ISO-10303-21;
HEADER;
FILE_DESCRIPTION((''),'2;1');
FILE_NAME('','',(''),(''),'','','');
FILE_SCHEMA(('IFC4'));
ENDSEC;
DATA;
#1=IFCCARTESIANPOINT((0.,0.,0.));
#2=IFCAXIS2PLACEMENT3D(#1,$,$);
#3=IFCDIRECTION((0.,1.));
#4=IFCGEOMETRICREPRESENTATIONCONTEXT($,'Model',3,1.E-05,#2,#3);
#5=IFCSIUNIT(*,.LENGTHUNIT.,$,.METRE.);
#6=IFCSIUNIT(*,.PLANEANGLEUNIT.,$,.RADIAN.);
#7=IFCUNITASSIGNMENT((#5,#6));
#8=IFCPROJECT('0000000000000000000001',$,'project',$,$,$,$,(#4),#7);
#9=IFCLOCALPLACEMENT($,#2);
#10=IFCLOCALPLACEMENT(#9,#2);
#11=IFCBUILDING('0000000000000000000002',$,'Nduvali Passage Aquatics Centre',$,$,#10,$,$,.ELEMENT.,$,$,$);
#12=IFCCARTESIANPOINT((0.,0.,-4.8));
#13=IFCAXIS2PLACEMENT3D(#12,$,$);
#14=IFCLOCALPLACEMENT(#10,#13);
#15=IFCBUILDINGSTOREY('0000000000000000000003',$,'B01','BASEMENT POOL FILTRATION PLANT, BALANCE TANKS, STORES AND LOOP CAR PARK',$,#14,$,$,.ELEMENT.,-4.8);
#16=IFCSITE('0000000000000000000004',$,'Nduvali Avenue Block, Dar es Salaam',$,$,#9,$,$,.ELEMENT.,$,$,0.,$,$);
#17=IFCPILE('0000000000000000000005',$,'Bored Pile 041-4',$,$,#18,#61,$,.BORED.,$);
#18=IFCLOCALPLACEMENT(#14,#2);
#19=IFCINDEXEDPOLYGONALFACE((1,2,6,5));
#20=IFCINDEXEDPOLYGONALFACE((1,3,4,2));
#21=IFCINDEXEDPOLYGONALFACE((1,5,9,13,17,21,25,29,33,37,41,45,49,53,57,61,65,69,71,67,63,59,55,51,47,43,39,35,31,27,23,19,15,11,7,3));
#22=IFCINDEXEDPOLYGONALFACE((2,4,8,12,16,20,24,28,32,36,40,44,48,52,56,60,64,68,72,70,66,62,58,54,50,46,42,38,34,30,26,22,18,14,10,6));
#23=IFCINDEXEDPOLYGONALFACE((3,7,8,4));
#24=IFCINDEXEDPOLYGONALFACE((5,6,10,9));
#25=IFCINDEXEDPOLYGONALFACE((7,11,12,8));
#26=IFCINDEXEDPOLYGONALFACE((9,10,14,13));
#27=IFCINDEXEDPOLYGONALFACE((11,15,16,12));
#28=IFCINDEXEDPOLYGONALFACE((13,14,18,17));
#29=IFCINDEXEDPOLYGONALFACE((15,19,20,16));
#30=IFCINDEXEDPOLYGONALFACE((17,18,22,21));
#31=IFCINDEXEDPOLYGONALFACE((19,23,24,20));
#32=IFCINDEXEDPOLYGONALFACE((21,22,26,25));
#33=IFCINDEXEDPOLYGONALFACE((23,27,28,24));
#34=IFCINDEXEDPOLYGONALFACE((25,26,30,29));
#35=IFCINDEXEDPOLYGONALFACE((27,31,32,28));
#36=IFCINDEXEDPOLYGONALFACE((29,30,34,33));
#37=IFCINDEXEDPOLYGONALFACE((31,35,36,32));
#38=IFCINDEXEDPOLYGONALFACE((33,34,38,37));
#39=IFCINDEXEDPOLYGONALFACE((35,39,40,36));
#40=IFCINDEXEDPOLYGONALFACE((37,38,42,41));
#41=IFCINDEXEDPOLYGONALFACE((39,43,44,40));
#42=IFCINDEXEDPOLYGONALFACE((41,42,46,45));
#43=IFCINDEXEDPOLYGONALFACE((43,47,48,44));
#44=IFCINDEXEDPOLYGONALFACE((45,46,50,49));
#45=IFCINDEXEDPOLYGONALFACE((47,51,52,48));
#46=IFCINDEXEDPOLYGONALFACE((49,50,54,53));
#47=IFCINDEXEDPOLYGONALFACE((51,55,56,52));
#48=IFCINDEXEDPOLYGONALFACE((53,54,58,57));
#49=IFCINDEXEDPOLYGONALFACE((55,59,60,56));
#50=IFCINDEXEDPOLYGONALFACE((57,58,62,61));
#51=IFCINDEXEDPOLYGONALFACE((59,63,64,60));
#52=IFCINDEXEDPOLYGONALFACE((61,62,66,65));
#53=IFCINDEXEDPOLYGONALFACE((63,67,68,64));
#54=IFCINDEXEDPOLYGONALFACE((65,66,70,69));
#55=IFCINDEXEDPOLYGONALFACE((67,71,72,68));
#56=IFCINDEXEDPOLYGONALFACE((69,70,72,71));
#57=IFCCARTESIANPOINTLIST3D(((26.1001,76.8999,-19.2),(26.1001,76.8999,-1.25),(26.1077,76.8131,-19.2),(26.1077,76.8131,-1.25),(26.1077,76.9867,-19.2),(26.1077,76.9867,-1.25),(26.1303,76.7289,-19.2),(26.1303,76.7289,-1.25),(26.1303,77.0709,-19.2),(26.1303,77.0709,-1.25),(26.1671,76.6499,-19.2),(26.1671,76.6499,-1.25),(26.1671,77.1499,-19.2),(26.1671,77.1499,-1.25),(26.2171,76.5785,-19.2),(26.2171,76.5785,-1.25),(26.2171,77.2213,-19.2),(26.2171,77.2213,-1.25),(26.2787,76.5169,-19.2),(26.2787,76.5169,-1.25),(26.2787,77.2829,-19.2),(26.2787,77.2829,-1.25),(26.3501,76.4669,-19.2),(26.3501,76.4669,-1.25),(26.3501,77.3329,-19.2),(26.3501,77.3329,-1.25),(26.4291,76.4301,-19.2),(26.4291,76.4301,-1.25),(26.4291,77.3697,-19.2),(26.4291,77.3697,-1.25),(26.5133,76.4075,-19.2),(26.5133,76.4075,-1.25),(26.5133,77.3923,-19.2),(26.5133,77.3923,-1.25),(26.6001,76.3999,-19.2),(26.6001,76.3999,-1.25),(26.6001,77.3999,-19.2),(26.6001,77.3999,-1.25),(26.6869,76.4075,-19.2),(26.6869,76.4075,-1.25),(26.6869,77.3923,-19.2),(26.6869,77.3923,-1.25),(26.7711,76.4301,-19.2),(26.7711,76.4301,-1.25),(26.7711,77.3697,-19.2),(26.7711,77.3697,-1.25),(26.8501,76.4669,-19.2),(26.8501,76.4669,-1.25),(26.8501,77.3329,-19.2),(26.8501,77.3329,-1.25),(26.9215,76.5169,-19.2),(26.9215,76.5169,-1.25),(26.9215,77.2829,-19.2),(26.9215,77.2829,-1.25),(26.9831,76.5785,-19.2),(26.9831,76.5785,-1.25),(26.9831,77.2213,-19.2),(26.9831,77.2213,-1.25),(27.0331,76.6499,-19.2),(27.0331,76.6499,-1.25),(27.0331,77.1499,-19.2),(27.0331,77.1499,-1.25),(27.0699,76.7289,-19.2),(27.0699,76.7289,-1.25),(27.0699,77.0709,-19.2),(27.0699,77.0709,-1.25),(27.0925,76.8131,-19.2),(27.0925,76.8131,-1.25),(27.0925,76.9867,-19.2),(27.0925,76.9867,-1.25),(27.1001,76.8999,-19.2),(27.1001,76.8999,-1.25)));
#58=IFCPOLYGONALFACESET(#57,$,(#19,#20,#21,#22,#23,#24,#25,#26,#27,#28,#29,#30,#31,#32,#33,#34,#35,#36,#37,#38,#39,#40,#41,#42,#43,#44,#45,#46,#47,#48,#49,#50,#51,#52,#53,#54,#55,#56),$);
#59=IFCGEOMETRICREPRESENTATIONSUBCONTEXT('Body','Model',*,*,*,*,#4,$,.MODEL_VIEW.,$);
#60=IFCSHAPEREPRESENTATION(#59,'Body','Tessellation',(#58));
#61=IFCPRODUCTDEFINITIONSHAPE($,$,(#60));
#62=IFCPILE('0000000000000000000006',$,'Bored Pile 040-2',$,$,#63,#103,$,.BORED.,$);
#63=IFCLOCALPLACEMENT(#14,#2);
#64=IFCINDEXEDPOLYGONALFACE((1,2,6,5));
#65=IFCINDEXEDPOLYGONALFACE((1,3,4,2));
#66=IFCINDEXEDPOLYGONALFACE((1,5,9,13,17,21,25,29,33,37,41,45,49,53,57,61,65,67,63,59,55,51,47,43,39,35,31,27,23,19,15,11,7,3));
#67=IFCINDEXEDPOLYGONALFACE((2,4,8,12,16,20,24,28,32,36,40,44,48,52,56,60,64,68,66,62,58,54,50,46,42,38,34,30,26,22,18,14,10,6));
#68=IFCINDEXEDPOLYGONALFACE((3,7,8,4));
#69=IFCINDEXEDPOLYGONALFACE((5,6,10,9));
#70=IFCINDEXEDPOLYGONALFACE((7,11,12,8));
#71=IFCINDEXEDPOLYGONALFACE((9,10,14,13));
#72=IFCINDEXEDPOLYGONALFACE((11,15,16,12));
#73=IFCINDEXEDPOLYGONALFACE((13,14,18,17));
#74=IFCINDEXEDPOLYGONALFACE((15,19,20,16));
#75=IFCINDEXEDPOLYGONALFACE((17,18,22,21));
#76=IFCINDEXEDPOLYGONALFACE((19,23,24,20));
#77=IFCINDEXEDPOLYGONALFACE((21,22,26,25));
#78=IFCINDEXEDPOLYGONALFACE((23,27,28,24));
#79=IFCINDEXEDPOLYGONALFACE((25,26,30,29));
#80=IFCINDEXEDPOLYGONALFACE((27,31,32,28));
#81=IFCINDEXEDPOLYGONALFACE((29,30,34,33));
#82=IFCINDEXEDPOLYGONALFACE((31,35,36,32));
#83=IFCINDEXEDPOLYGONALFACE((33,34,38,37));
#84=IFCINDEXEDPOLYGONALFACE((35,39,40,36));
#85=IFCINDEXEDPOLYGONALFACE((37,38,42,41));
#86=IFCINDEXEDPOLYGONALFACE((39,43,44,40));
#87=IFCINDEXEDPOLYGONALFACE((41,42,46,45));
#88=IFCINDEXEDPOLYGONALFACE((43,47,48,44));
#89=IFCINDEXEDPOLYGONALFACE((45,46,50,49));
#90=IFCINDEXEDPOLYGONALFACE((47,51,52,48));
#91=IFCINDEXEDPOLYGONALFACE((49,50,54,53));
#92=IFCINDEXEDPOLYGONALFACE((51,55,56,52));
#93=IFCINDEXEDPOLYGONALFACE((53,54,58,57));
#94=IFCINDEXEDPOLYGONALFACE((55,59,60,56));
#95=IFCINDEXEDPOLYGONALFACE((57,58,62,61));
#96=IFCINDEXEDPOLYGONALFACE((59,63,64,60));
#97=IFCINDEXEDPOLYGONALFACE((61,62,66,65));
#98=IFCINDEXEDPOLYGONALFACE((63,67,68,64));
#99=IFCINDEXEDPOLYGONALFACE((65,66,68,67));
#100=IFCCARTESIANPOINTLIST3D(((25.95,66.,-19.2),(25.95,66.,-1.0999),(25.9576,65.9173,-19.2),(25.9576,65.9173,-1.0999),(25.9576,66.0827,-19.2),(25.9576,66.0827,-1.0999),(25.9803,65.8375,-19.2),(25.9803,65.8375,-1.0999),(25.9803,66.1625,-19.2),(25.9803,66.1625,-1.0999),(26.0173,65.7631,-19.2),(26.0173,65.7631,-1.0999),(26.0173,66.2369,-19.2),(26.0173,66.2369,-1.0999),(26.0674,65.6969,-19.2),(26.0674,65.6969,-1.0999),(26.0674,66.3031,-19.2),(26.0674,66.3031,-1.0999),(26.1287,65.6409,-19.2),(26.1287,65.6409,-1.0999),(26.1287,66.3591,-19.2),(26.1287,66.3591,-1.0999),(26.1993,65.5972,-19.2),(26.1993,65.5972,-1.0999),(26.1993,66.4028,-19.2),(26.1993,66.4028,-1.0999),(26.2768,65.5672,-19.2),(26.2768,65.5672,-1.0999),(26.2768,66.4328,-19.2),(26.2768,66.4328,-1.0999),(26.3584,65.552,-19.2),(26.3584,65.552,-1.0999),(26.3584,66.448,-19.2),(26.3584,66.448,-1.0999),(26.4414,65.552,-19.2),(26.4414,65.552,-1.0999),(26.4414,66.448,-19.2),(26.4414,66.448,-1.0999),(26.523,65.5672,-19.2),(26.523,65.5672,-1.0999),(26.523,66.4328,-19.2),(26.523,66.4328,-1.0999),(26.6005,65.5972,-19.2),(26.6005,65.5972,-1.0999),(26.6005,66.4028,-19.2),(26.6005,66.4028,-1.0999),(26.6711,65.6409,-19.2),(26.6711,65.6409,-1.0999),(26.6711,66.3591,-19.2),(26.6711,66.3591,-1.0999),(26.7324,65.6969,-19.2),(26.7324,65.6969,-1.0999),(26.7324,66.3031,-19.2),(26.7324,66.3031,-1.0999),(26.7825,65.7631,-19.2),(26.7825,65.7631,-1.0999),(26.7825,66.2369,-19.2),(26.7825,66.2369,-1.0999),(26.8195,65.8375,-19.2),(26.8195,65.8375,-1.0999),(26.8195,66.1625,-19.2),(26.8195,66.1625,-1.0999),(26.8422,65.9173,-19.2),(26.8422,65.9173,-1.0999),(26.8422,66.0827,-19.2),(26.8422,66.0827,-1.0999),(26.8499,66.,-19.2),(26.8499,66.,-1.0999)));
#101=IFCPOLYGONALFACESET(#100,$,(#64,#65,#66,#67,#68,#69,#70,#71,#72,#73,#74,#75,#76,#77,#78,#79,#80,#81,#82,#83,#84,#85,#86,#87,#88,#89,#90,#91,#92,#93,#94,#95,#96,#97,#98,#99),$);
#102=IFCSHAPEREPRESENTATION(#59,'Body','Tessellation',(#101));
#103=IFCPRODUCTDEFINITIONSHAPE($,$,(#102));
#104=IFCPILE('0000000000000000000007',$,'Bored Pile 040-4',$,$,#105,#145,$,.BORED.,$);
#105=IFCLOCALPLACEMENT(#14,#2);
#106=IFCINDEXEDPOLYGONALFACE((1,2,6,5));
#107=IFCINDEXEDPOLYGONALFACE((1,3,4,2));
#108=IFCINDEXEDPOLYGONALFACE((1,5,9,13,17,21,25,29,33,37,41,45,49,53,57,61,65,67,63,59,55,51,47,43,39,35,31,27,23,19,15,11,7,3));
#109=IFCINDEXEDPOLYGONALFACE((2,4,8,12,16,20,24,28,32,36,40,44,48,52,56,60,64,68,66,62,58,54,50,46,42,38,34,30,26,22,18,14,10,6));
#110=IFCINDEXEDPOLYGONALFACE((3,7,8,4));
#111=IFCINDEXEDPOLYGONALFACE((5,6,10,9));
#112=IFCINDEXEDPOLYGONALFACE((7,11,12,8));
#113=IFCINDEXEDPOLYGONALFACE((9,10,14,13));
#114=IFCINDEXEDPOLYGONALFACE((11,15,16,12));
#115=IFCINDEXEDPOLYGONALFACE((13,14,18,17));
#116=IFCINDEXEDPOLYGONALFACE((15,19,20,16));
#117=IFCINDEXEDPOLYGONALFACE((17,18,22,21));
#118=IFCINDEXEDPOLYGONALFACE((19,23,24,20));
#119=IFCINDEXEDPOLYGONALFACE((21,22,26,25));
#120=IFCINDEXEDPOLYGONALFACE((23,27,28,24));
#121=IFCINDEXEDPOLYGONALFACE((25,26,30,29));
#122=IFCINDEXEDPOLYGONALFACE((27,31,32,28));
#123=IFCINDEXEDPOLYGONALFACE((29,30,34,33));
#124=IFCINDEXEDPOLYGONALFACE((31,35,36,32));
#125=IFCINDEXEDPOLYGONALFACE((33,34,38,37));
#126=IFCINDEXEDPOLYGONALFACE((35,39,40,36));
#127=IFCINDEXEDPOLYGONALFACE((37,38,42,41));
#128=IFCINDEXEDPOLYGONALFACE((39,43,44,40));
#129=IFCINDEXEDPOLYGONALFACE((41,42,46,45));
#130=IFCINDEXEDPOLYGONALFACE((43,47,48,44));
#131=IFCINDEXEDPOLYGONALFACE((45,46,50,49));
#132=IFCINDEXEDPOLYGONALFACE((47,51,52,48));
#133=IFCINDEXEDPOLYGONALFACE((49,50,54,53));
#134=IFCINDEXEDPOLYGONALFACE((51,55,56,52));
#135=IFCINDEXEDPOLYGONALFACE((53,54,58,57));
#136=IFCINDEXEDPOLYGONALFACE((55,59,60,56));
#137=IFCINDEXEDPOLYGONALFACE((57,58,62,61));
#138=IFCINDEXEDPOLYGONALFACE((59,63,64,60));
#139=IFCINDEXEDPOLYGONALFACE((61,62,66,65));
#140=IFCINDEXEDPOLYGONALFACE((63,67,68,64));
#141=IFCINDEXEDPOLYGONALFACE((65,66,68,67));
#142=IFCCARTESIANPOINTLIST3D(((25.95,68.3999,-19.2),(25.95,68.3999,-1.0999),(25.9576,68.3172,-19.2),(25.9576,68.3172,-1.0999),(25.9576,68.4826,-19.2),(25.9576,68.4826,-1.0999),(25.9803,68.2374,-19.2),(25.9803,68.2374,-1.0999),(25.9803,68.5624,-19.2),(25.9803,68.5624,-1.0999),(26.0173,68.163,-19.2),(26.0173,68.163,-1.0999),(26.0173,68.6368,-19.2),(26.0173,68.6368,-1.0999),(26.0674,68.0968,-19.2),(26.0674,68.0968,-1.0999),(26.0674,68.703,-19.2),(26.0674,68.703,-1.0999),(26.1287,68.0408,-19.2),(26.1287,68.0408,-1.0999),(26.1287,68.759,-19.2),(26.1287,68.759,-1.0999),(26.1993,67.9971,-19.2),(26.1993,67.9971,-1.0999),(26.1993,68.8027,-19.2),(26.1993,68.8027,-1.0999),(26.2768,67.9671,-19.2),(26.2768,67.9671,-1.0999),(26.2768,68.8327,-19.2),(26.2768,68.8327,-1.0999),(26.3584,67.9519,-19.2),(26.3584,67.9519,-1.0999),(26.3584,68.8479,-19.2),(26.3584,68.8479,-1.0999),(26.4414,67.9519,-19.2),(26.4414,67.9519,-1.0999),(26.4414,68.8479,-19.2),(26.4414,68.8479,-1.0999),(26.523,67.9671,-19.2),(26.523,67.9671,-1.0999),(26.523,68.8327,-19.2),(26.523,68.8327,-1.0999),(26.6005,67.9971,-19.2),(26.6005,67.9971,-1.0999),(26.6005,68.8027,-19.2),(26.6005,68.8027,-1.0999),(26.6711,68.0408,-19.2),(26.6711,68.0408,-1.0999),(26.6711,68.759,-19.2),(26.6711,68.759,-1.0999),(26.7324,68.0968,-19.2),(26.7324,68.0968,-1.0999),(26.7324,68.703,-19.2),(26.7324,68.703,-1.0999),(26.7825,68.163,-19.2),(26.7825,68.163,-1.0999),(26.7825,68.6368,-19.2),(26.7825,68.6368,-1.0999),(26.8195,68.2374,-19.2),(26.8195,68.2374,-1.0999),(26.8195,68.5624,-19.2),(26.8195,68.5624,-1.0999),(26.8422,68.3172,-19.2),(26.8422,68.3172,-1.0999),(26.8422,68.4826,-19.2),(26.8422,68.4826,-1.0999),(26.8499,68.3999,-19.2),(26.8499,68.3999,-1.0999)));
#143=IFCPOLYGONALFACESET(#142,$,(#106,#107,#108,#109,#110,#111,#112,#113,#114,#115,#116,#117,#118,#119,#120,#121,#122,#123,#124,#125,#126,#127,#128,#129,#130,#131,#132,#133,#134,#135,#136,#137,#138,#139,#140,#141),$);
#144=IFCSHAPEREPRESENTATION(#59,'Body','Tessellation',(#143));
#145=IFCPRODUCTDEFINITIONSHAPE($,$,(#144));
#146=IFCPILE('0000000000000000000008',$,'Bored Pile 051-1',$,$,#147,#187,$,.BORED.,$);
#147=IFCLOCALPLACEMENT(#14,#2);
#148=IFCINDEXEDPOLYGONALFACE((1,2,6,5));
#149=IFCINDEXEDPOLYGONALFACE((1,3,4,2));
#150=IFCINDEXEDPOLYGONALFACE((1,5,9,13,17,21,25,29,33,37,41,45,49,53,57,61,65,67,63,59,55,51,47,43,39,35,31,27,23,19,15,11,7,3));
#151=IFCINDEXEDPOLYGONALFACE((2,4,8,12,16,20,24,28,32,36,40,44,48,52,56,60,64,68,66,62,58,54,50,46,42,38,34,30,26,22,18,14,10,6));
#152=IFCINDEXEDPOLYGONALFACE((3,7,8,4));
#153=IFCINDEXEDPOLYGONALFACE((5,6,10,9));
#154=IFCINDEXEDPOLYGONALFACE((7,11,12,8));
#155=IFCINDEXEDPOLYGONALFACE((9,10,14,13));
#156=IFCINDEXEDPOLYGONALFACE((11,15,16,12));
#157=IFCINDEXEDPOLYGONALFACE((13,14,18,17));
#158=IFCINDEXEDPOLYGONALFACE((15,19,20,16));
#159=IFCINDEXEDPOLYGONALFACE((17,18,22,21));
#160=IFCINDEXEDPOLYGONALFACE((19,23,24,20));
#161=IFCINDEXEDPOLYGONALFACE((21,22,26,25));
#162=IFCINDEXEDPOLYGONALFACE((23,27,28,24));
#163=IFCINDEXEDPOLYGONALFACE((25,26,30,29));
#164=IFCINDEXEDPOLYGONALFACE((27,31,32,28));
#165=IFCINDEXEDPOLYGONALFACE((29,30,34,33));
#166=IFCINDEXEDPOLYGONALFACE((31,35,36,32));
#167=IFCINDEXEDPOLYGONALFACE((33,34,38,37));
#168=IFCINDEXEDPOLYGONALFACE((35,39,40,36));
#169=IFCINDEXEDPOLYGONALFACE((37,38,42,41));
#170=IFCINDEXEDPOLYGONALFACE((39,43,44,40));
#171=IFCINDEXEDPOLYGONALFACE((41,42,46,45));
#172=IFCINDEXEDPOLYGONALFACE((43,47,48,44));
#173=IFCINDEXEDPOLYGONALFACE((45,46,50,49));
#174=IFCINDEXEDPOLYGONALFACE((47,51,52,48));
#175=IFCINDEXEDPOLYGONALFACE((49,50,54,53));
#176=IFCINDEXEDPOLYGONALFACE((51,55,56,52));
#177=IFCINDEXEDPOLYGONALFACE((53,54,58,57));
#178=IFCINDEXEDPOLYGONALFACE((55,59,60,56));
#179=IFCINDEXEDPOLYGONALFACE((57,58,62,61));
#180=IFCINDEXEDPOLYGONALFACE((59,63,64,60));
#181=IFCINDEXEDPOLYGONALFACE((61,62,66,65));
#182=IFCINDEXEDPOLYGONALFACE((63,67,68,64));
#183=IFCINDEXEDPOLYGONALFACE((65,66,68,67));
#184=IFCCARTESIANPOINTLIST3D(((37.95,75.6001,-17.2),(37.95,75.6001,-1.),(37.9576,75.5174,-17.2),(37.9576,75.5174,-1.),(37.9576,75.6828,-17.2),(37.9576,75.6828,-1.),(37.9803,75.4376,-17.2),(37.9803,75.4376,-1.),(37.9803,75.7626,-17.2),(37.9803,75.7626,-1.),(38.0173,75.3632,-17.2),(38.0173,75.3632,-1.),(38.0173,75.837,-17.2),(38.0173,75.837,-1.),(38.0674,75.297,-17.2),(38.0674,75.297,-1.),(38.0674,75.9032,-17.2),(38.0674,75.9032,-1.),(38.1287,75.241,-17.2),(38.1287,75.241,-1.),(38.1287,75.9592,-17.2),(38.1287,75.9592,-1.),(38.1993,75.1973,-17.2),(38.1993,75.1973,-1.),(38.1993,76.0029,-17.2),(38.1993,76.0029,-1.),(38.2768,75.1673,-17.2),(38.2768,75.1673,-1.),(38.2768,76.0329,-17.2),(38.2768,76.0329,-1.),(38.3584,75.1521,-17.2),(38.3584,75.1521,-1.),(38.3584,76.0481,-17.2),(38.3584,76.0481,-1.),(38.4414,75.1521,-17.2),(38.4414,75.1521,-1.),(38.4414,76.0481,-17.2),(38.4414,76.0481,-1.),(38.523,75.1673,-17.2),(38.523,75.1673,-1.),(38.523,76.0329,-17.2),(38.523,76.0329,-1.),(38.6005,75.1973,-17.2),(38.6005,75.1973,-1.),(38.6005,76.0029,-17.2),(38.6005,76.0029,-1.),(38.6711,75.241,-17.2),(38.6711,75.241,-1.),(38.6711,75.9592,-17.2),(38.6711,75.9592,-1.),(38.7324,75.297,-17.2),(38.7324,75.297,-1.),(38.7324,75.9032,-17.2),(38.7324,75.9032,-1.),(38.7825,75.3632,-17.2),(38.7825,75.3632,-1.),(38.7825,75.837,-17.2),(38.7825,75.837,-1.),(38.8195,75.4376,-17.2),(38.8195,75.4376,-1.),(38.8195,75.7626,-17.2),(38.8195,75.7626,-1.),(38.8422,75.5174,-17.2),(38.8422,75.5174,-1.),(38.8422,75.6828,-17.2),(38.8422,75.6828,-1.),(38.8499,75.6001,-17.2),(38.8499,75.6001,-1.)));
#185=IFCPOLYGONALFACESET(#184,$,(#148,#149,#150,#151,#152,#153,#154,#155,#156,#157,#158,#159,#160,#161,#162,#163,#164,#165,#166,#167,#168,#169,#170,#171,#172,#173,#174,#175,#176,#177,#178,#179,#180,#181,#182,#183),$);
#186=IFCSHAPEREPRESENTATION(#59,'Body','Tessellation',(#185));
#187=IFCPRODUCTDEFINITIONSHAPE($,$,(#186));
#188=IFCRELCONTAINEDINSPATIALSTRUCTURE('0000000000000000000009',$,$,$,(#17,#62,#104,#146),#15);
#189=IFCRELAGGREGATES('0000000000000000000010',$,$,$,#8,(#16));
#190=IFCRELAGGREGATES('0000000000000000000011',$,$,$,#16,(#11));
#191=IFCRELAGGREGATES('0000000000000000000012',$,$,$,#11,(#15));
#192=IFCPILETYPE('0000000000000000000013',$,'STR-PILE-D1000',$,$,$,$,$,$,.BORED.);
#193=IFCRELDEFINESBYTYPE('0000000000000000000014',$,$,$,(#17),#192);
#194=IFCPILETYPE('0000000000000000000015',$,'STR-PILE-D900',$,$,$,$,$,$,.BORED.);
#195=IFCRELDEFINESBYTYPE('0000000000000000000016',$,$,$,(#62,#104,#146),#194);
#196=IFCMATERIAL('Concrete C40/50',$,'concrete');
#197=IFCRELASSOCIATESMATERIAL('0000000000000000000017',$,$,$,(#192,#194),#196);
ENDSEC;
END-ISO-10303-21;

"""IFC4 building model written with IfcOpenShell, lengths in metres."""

from ifc_helpers import new_model, si_unit, direction, frame, origin, origin_2d, place, context, subcontext, project, spatial, circle, extrude, material, material_profile, profile_set, type_object, element, save


model = new_model("IFC4")

# Units and contexts
model_context = context("Model", 3, precision=1e-05, world=origin(), true_north=direction((0.0, 1.0)))
body_context = subcontext(model_context, "Body", "Model", "MODEL_VIEW")
ifc_project = project(units=[si_unit("LENGTHUNIT", "METRE"), si_unit("PLANEANGLEUNIT", "RADIAN")], contexts=[model_context])

# Site, building, storey
site_placement = place(None, origin())
site = spatial("IfcSite", under=ifc_project, at=site_placement, Name="Nduvali Avenue Block, Dar es Salaam", CompositionType="ELEMENT", RefElevation=0.0)
building_placement = place(site_placement, origin())
building = spatial("IfcBuilding", under=site, at=building_placement, Name="Nduvali Passage Aquatics Centre", CompositionType="ELEMENT")
storey_placement = place(building_placement, frame((0.0, 0.0, -4.8)))
storey = spatial("IfcBuildingStorey", under=building, at=storey_placement, Name="B01", Description="BASEMENT POOL FILTRATION PLANT, BALANCE TANKS, STORES AND LOOP CAR PARK", CompositionType="ELEMENT", Elevation=-4.8)

# Shared definitions
ifc_material_1 = material(Name="Concrete C40/50", Category="concrete")

# Piles
ifc_material_profile_1 = material_profile(ifc_material_1, circle(Radius=0.5, at=origin_2d()), Name="PILE D1000")
ifc_profile_set_1 = profile_set([ifc_material_profile_1], Name="Concrete C40/50")
pile_type_1 = type_object("IfcPileType", Name="STR-PILE-D1000", PredefinedType="BORED", material=ifc_profile_set_1)
for number, where, z_axis, x_axis, name in (
    (1, (26.6001, 76.8999, -1.25), (0.0, 0.0, -1.0), (1.0, 0.0, 0.0), "Bored Pile 041-4"),
):
    element("IfcPile", number, at=place(storey_placement, frame(where, z_axis=z_axis, x_axis=x_axis)), inside=storey, type_object=pile_type_1, Name=name, PredefinedType="BORED", context=body_context, shape_type="SweptSolid", body=[
        extrude(circle(Radius=0.5, at=origin_2d()), origin(), (0.0, 0.0, 1.0), 17.95),
    ])
ifc_material_profile_2 = material_profile(ifc_material_1, circle(Radius=0.45, at=origin_2d()), Name="PILE D900")
ifc_profile_set_2 = profile_set([ifc_material_profile_2], Name="Concrete C40/50")
pile_type_2 = type_object("IfcPileType", Name="STR-PILE-D900", PredefinedType="BORED", material=ifc_profile_set_2)
for number, where, z_axis, x_axis, name in (
    (2, (26.3999, 66.0, -1.0999), (0.0, 0.0, -1.0), (1.0, 0.0, 0.0), "Bored Pile 040-2"),
    (3, (26.3999, 68.3999, -1.0999), (0.0, 0.0, -1.0), (1.0, 0.0, 0.0), "Bored Pile 040-4"),
):
    element("IfcPile", number, at=place(storey_placement, frame(where, z_axis=z_axis, x_axis=x_axis)), inside=storey, type_object=pile_type_2, Name=name, PredefinedType="BORED", context=body_context, shape_type="SweptSolid", body=[
        extrude(circle(Radius=0.45, at=origin_2d()), origin(), (0.0, 0.0, 1.0), 18.1001),
    ])
for number, where, z_axis, x_axis, name in (
    (4, (38.3999, 75.6001, -1.0), (0.0, 0.0, -1.0), (1.0, 0.0, 0.0), "Bored Pile 051-1"),
):
    element("IfcPile", number, at=place(storey_placement, frame(where, z_axis=z_axis, x_axis=x_axis)), inside=storey, type_object=pile_type_2, Name=name, PredefinedType="BORED", context=body_context, shape_type="SweptSolid", body=[
        extrude(circle(Radius=0.45, at=origin_2d()), origin(), (0.0, 0.0, 1.0), 16.2),
    ])

save(model, "model.ifc")
